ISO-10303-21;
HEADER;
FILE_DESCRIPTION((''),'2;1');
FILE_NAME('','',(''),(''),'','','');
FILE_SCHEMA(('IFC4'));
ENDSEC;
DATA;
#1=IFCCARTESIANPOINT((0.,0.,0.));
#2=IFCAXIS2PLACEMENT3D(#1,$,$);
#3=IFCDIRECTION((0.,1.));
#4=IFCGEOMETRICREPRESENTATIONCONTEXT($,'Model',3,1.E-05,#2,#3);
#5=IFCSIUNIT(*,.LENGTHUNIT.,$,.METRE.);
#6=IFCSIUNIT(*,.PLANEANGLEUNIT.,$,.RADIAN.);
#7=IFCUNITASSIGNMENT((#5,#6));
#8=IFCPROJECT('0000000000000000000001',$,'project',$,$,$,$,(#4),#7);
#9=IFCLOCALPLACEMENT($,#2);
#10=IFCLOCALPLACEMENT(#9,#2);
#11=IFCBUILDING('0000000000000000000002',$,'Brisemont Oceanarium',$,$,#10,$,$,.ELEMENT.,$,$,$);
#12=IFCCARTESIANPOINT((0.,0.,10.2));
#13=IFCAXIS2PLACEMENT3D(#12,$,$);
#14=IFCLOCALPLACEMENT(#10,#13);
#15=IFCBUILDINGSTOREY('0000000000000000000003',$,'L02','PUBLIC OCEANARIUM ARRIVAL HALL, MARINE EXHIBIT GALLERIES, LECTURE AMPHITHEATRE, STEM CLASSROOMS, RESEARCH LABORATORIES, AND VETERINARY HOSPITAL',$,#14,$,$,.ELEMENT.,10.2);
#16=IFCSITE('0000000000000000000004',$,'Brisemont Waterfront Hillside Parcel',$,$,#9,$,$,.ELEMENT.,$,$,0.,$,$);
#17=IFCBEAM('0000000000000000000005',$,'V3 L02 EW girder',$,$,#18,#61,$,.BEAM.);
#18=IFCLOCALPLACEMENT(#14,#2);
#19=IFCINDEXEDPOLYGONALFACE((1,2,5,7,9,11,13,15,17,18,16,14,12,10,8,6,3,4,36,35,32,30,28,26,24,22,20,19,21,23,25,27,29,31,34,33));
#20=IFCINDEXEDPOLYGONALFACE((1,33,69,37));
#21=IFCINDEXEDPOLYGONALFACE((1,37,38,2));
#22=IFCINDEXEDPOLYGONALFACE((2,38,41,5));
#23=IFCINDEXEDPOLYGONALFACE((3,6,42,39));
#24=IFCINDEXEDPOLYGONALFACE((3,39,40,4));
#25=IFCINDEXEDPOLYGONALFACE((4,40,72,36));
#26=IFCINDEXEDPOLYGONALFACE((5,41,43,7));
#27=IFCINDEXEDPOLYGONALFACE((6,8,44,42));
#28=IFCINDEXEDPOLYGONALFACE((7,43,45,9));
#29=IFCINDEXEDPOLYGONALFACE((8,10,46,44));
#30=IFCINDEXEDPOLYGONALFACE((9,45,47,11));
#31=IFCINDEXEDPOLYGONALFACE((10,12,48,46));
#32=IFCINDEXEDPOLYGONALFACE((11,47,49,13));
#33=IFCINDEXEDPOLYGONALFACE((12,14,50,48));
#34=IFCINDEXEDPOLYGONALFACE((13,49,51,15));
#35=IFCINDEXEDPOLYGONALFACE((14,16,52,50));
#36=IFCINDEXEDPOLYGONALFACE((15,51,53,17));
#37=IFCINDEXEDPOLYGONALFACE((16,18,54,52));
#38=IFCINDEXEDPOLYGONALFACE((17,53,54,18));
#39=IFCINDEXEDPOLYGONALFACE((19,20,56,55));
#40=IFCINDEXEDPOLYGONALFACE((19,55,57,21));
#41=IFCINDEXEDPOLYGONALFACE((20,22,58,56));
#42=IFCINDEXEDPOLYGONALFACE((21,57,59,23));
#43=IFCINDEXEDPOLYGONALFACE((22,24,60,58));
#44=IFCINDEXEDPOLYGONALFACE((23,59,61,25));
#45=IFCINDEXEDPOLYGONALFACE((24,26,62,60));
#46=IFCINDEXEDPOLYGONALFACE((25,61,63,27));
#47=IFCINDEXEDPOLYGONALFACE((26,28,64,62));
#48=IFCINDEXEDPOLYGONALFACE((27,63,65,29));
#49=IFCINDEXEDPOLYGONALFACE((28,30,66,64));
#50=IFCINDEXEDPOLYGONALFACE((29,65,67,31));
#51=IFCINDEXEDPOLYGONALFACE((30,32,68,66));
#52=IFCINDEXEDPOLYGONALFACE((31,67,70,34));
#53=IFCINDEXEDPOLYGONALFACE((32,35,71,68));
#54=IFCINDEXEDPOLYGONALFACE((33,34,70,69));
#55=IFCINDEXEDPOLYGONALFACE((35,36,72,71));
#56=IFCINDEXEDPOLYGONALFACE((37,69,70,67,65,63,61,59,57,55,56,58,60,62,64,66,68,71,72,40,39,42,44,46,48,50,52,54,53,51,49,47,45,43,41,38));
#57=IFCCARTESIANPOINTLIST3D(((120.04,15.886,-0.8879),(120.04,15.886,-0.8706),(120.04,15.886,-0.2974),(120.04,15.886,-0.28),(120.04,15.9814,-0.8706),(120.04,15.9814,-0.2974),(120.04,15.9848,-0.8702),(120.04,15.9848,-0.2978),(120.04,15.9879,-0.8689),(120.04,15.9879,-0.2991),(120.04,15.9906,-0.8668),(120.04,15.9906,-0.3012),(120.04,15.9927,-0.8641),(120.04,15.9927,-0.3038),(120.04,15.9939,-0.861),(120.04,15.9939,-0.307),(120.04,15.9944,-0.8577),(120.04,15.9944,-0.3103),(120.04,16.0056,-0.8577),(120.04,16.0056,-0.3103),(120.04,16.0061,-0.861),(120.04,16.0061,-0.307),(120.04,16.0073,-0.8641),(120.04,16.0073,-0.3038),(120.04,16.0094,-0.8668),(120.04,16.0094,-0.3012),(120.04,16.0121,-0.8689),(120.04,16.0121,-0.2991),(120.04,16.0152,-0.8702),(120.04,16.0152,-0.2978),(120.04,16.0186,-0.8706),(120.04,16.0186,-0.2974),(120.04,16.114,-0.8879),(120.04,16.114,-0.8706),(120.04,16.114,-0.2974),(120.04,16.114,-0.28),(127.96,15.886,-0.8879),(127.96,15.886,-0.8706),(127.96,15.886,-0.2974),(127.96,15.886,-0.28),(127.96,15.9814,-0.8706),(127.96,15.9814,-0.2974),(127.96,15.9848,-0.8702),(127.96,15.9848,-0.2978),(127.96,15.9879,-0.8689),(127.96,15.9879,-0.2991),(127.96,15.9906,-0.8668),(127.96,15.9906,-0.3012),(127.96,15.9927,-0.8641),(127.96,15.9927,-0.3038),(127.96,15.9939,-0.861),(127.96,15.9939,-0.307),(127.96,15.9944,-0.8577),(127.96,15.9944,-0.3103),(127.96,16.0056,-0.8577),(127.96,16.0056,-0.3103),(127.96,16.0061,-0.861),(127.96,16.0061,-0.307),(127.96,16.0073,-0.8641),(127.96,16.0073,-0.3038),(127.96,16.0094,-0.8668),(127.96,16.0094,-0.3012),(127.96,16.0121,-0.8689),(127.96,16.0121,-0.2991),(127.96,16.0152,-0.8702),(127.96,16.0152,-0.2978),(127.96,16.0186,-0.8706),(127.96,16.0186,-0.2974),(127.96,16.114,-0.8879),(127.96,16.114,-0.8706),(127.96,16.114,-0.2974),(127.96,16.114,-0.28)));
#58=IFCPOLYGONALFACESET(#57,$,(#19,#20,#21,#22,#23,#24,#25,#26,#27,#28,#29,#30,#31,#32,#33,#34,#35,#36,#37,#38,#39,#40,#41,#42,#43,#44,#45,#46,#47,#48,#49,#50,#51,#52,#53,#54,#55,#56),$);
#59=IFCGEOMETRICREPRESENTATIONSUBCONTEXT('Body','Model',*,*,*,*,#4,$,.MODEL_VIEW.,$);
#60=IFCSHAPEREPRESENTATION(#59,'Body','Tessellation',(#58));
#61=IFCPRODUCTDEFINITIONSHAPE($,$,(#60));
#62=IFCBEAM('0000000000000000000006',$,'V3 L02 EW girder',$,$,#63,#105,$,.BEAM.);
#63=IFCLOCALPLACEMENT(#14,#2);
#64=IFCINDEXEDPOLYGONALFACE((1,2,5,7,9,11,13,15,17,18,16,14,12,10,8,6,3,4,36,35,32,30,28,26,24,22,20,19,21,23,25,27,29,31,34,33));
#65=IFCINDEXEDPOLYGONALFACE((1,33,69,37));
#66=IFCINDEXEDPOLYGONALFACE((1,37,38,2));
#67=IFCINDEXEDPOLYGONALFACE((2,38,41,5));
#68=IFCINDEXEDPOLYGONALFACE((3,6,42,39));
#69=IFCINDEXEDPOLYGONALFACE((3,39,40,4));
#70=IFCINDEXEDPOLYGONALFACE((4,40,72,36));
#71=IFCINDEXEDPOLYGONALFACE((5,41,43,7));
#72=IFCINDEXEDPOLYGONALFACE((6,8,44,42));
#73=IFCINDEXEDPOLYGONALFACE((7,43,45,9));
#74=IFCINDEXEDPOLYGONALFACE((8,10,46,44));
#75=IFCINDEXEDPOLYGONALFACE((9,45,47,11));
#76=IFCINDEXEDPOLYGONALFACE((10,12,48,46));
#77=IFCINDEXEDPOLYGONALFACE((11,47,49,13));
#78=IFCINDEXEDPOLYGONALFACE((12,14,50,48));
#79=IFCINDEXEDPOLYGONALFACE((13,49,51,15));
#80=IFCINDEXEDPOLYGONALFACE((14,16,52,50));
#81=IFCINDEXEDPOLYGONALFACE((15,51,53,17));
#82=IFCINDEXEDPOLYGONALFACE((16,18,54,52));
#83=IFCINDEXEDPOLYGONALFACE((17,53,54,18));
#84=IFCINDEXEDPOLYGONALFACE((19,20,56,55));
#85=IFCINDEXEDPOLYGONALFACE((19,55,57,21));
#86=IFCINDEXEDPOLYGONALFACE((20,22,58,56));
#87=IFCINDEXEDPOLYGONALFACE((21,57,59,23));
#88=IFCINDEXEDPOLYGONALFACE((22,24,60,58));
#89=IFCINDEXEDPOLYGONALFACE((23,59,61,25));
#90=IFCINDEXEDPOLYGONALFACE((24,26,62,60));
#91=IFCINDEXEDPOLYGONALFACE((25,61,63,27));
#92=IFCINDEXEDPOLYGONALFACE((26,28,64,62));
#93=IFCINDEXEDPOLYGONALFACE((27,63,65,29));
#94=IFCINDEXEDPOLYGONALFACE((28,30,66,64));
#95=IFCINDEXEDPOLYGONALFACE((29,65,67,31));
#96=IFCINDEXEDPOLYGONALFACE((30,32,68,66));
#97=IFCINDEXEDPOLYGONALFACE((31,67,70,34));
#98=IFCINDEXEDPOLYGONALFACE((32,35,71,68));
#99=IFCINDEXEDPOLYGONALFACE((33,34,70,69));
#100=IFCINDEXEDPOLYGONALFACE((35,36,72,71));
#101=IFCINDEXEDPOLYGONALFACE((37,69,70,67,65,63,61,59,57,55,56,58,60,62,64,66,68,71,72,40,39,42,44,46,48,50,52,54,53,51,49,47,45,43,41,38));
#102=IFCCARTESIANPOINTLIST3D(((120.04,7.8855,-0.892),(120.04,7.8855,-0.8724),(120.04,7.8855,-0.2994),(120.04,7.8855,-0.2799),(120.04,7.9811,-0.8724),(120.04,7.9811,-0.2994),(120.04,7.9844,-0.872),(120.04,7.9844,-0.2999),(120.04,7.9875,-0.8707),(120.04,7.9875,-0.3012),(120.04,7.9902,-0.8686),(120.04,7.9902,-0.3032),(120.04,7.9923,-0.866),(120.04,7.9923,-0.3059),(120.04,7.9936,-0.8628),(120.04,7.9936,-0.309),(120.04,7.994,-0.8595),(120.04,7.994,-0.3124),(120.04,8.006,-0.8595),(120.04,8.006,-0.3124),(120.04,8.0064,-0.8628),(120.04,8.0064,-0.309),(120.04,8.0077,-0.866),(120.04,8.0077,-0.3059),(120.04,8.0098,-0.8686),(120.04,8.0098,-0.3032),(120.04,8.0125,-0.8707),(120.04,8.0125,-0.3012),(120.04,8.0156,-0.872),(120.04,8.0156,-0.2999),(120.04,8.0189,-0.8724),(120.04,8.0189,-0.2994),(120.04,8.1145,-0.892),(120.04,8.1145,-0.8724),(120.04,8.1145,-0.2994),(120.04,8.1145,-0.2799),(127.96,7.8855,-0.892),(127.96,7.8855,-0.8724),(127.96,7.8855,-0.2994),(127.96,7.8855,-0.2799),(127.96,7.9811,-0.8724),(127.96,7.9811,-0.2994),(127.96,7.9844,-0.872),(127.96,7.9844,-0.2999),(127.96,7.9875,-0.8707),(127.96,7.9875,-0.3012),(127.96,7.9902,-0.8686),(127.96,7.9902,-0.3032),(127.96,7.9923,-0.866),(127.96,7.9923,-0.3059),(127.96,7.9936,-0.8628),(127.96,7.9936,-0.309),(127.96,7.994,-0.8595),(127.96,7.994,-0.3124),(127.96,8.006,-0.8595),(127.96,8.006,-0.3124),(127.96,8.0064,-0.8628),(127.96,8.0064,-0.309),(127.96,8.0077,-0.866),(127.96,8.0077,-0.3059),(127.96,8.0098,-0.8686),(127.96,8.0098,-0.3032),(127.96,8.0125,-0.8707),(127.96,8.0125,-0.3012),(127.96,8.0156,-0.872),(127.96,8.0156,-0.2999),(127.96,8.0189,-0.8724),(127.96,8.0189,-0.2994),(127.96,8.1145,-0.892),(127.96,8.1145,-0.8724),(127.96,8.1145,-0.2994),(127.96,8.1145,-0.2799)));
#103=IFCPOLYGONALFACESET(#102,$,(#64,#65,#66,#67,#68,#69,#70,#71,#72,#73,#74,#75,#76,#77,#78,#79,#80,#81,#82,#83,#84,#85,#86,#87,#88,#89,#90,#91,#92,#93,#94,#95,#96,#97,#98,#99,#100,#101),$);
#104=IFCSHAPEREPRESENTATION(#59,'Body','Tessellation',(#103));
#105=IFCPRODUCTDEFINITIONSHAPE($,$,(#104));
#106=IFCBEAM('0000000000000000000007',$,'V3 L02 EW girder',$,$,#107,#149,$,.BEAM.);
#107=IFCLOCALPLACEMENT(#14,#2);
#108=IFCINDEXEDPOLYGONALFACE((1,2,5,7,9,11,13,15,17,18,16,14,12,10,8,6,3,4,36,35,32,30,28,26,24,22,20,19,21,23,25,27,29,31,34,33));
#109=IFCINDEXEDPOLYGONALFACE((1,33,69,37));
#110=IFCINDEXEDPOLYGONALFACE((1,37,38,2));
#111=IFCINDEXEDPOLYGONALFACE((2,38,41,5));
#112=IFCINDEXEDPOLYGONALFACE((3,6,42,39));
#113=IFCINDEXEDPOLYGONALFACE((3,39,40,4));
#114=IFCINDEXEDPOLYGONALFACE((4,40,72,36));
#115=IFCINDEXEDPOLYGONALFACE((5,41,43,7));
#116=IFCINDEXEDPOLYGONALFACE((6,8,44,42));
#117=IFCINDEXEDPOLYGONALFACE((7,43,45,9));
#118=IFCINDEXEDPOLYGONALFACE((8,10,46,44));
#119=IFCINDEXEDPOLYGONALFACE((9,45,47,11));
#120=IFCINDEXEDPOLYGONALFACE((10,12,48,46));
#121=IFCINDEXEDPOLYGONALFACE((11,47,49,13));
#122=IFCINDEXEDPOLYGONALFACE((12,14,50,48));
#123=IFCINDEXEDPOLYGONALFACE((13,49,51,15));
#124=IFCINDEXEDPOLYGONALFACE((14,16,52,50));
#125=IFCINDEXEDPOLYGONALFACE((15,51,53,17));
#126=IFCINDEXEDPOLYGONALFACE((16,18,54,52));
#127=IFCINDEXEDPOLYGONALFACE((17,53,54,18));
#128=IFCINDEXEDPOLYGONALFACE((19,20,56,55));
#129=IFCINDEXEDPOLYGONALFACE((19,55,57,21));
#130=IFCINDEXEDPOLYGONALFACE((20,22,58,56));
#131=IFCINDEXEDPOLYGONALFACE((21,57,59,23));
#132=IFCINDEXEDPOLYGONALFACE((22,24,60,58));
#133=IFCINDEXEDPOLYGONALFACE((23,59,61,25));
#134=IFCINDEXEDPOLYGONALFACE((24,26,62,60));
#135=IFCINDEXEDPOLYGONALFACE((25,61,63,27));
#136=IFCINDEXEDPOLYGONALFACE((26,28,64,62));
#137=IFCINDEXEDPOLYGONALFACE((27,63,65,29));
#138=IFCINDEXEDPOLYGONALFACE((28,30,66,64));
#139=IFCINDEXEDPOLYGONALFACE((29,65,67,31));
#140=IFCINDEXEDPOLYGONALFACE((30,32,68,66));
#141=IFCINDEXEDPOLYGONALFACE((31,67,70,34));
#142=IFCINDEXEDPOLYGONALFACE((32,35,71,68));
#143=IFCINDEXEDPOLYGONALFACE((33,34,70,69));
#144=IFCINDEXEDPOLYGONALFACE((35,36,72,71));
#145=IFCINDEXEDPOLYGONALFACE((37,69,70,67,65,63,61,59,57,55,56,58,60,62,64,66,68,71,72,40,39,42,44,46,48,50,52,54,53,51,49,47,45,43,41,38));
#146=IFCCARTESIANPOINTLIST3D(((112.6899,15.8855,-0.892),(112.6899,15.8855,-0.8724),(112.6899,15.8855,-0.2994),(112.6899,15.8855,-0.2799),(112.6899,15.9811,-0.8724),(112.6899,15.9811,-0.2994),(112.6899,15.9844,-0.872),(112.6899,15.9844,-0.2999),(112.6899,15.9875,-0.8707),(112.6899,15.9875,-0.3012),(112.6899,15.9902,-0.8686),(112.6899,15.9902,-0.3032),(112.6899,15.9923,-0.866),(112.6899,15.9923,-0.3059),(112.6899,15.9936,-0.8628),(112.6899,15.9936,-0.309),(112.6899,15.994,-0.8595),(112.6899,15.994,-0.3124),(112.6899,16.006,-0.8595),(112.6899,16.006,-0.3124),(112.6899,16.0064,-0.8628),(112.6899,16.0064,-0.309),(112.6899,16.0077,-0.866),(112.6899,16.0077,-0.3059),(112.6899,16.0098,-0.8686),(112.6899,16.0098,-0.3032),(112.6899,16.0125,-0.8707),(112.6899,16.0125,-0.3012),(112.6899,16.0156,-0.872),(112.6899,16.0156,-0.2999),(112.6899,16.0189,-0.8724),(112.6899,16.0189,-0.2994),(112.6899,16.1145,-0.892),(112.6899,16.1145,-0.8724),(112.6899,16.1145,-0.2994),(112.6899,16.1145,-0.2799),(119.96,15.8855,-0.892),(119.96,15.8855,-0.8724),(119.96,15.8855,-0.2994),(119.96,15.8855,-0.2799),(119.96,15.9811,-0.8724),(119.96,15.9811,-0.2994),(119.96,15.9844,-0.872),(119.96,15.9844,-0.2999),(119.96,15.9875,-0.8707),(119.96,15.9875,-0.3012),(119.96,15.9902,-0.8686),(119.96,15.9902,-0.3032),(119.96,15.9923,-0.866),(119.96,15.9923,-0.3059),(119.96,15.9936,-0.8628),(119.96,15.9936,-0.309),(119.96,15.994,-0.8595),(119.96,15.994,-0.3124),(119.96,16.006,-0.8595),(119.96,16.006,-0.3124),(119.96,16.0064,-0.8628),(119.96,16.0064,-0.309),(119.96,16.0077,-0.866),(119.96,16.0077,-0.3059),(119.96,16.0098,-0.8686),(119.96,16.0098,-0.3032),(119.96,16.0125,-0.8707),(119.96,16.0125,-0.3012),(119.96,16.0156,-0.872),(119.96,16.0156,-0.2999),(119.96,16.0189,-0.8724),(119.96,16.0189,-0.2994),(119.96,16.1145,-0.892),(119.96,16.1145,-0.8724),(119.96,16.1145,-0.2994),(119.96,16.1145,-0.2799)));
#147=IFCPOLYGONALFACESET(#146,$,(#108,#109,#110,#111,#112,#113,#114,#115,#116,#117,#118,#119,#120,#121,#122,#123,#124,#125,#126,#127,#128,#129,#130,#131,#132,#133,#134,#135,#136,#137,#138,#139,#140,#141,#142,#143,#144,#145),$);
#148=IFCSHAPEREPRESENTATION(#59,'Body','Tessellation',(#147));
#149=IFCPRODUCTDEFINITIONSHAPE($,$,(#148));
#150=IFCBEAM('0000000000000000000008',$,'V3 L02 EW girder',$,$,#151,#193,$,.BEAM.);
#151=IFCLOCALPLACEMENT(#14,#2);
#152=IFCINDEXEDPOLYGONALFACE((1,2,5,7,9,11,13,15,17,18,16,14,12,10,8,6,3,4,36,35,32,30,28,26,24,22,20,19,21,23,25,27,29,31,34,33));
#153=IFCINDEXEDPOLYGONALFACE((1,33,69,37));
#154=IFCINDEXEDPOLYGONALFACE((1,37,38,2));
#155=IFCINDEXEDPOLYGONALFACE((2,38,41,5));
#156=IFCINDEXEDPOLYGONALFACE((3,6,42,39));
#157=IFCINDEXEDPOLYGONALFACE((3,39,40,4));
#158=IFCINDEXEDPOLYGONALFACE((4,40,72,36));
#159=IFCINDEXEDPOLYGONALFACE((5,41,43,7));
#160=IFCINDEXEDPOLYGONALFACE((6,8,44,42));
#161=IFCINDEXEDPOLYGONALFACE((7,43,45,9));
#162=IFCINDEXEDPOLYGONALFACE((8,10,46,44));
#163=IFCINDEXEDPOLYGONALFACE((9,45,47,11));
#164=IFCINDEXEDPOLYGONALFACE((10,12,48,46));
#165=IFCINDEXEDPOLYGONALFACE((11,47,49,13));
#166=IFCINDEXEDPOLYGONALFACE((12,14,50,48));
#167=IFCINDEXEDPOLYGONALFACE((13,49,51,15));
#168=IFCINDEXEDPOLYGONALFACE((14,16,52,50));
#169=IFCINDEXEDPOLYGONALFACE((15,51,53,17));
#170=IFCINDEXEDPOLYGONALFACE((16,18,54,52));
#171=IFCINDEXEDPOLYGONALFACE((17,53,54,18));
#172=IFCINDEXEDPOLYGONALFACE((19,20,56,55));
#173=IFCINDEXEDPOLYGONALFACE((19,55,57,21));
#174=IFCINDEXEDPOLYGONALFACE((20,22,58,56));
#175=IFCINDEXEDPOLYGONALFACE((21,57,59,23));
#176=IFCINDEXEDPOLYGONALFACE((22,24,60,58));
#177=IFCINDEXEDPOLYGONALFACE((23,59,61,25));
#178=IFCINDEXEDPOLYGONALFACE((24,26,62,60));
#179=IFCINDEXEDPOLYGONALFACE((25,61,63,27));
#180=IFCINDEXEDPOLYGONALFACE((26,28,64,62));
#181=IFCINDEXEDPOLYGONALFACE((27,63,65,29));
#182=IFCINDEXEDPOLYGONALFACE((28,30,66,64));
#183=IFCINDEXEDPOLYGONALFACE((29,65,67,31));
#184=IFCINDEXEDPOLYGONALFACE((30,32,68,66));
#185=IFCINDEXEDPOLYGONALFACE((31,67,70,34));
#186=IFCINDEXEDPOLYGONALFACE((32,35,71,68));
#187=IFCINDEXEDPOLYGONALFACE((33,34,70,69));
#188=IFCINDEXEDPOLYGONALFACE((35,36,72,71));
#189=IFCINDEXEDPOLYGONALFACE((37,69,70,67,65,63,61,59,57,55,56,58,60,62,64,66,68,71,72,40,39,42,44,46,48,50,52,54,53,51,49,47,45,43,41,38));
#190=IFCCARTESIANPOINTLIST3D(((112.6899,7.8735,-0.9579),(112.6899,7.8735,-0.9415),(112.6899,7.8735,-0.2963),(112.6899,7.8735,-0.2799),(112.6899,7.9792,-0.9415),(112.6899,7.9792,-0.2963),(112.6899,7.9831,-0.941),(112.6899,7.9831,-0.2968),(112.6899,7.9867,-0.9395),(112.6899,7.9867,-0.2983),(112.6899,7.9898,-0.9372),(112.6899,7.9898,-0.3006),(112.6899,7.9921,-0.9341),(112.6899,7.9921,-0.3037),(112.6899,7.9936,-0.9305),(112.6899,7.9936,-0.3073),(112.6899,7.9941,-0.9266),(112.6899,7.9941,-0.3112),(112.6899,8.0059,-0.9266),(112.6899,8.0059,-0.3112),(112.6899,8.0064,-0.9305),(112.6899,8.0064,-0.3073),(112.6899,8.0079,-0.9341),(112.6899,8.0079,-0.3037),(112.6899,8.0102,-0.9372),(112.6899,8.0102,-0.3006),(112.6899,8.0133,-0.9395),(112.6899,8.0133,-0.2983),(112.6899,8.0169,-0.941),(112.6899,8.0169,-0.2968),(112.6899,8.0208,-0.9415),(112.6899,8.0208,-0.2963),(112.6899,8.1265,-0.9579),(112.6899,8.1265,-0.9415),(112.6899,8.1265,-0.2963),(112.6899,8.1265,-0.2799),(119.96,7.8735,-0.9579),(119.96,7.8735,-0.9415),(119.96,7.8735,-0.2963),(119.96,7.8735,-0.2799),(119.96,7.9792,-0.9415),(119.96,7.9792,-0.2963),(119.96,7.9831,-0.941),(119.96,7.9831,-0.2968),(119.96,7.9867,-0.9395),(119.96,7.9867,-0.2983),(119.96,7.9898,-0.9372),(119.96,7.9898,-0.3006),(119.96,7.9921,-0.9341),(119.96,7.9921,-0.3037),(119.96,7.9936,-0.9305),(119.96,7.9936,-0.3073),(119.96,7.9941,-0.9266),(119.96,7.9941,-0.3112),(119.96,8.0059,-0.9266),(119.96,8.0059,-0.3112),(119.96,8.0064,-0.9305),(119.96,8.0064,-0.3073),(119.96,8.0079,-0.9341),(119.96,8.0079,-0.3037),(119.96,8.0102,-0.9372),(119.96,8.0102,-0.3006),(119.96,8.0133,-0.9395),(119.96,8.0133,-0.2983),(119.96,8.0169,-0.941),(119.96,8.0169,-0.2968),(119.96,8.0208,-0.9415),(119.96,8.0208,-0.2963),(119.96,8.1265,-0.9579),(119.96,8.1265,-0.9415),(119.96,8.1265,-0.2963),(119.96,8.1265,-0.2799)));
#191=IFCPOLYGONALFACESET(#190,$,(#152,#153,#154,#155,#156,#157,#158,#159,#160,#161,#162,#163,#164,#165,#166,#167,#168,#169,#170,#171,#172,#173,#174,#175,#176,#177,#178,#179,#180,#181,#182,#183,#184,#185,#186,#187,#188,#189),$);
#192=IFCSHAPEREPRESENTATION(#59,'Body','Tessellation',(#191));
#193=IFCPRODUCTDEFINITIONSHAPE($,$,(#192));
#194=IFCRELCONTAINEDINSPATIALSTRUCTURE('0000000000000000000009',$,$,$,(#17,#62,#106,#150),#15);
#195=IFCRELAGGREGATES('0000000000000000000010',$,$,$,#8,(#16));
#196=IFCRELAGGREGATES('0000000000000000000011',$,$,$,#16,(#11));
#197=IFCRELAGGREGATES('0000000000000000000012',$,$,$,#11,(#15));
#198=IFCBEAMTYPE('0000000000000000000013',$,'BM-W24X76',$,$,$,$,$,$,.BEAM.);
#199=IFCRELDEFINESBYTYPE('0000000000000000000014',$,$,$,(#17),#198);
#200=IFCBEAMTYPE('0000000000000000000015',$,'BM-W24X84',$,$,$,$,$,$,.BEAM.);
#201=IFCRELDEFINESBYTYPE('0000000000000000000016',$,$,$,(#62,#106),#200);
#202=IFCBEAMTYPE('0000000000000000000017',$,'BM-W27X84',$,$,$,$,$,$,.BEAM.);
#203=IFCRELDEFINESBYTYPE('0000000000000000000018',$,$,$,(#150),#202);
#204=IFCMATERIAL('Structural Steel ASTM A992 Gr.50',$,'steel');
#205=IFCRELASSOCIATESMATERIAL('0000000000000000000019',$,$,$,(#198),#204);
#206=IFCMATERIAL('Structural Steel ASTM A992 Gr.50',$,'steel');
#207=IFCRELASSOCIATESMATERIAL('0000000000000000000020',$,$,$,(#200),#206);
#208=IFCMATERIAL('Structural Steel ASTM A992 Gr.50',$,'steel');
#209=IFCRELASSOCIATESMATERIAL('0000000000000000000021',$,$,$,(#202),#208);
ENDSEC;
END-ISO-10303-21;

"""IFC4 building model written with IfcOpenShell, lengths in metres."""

from ifc_helpers import new_model, si_unit, direction, frame, origin, origin_2d, place, context, subcontext, project, spatial, i_section, extrude, material, material_profile, profile_set, type_object, element, save


model = new_model("IFC4")

# Units and contexts
model_context = context("Model", 3, precision=1e-05, world=origin(), true_north=direction((0.0, 1.0)))
body_context = subcontext(model_context, "Body", "Model", "MODEL_VIEW")
ifc_project = project(units=[si_unit("LENGTHUNIT", "METRE"), si_unit("PLANEANGLEUNIT", "RADIAN")], contexts=[model_context])

# Site, building, storey
site_placement = place(None, origin())
site = spatial("IfcSite", under=ifc_project, at=site_placement, Name="Brisemont Waterfront Hillside Parcel", CompositionType="ELEMENT", RefElevation=0.0)
building_placement = place(site_placement, origin())
building = spatial("IfcBuilding", under=site, at=building_placement, Name="Brisemont Oceanarium", CompositionType="ELEMENT")
storey_placement = place(building_placement, frame((0.0, 0.0, 10.2)))
storey = spatial("IfcBuildingStorey", under=building, at=storey_placement, Name="L02", Description="PUBLIC OCEANARIUM ARRIVAL HALL, MARINE EXHIBIT GALLERIES, LECTURE AMPHITHEATRE, STEM CLASSROOMS, RESEARCH LABORATORIES, AND VETERINARY HOSPITAL", CompositionType="ELEMENT", Elevation=10.2)

# Beams
ifc_material_1 = material(Name="Structural Steel ASTM A992 Gr.50", Category="steel")
ifc_material_profile_1 = material_profile(ifc_material_1, i_section(OverallWidth=0.228, OverallDepth=0.6079, WebThickness=0.0112, FlangeThickness=0.0173, FilletRadius=0.0129, at=origin_2d()), Name="W24X76")
ifc_profile_set_1 = profile_set([ifc_material_profile_1], Name="Structural Steel ASTM A992 Gr.50")
beam_type_1 = type_object("IfcBeamType", Name="BM-W24X76", PredefinedType="BEAM", material=ifc_profile_set_1)
for number, where, z_axis, x_axis, name in (
    (1, (120.04, 16.0, -0.584), (1.0, 0.0, 0.0), (0.0, 1.0, 0.0), "V3 L02 EW girder"),
):
    element("IfcBeam", number, at=place(storey_placement, frame(where, z_axis=z_axis, x_axis=x_axis)), inside=storey, type_object=beam_type_1, Name=name, PredefinedType="BEAM", context=body_context, shape_type="SweptSolid", body=[
        extrude(i_section(OverallWidth=0.228, OverallDepth=0.6079, WebThickness=0.0112, FlangeThickness=0.0173, FilletRadius=0.0129, at=origin_2d()), origin(), (0.0, 0.0, 1.0), 7.9199),
    ])
ifc_material_2 = material(Name="Structural Steel ASTM A992 Gr.50", Category="steel")
ifc_material_profile_2 = material_profile(ifc_material_2, i_section(OverallWidth=0.229, OverallDepth=0.6121, WebThickness=0.012, FlangeThickness=0.0195, FilletRadius=0.0129, at=origin_2d()), Name="W24X84")
ifc_profile_set_2 = profile_set([ifc_material_profile_2], Name="Structural Steel ASTM A992 Gr.50")
beam_type_2 = type_object("IfcBeamType", Name="BM-W24X84", PredefinedType="BEAM", material=ifc_profile_set_2)
beam_1_placement = place(storey_placement, frame((120.04, 8.0, -0.5859), z_axis=(1.0, 0.0, 0.0), x_axis=(0.0, 1.0, 0.0)))
element("IfcBeam", 2, at=beam_1_placement, inside=storey, type_object=beam_type_2, Name="V3 L02 EW girder", PredefinedType="BEAM", context=body_context, shape_type="SweptSolid", body=[
    extrude(i_section(OverallWidth=0.229, OverallDepth=0.6121, WebThickness=0.012, FlangeThickness=0.0195, FilletRadius=0.0129, at=origin_2d()), origin(), (0.0, 0.0, 1.0), 7.9199),
])
beam_2_placement = place(storey_placement, frame((112.6899, 16.0, -0.5859), z_axis=(1.0, 0.0, 0.0), x_axis=(0.0, 1.0, 0.0)))
element("IfcBeam", 3, at=beam_2_placement, inside=storey, type_object=beam_type_2, Name="V3 L02 EW girder", PredefinedType="BEAM", context=body_context, shape_type="SweptSolid", body=[
    extrude(i_section(OverallWidth=0.229, OverallDepth=0.6121, WebThickness=0.012, FlangeThickness=0.0195, FilletRadius=0.0129, at=origin_2d()), origin(), (0.0, 0.0, 1.0), 7.27),
])
ifc_material_3 = material(Name="Structural Steel ASTM A992 Gr.50", Category="steel")
ifc_material_profile_3 = material_profile(ifc_material_3, i_section(OverallWidth=0.2529, OverallDepth=0.678, WebThickness=0.0117, FlangeThickness=0.0164, FilletRadius=0.0149, at=origin_2d()), Name="W27X84")
ifc_profile_set_3 = profile_set([ifc_material_profile_3], Name="Structural Steel ASTM A992 Gr.50")
beam_type_3 = type_object("IfcBeamType", Name="BM-W27X84", PredefinedType="BEAM", material=ifc_profile_set_3)
beam_3_placement = place(storey_placement, frame((112.6899, 8.0, -0.6189), z_axis=(1.0, 0.0, 0.0), x_axis=(0.0, 1.0, 0.0)))
element("IfcBeam", 4, at=beam_3_placement, inside=storey, type_object=beam_type_3, Name="V3 L02 EW girder", PredefinedType="BEAM", context=body_context, shape_type="SweptSolid", body=[
    extrude(i_section(OverallWidth=0.2529, OverallDepth=0.678, WebThickness=0.0117, FlangeThickness=0.0164, FilletRadius=0.0149, at=origin_2d()), origin(), (0.0, 0.0, 1.0), 7.27),
])

save(model, "model.ifc")
